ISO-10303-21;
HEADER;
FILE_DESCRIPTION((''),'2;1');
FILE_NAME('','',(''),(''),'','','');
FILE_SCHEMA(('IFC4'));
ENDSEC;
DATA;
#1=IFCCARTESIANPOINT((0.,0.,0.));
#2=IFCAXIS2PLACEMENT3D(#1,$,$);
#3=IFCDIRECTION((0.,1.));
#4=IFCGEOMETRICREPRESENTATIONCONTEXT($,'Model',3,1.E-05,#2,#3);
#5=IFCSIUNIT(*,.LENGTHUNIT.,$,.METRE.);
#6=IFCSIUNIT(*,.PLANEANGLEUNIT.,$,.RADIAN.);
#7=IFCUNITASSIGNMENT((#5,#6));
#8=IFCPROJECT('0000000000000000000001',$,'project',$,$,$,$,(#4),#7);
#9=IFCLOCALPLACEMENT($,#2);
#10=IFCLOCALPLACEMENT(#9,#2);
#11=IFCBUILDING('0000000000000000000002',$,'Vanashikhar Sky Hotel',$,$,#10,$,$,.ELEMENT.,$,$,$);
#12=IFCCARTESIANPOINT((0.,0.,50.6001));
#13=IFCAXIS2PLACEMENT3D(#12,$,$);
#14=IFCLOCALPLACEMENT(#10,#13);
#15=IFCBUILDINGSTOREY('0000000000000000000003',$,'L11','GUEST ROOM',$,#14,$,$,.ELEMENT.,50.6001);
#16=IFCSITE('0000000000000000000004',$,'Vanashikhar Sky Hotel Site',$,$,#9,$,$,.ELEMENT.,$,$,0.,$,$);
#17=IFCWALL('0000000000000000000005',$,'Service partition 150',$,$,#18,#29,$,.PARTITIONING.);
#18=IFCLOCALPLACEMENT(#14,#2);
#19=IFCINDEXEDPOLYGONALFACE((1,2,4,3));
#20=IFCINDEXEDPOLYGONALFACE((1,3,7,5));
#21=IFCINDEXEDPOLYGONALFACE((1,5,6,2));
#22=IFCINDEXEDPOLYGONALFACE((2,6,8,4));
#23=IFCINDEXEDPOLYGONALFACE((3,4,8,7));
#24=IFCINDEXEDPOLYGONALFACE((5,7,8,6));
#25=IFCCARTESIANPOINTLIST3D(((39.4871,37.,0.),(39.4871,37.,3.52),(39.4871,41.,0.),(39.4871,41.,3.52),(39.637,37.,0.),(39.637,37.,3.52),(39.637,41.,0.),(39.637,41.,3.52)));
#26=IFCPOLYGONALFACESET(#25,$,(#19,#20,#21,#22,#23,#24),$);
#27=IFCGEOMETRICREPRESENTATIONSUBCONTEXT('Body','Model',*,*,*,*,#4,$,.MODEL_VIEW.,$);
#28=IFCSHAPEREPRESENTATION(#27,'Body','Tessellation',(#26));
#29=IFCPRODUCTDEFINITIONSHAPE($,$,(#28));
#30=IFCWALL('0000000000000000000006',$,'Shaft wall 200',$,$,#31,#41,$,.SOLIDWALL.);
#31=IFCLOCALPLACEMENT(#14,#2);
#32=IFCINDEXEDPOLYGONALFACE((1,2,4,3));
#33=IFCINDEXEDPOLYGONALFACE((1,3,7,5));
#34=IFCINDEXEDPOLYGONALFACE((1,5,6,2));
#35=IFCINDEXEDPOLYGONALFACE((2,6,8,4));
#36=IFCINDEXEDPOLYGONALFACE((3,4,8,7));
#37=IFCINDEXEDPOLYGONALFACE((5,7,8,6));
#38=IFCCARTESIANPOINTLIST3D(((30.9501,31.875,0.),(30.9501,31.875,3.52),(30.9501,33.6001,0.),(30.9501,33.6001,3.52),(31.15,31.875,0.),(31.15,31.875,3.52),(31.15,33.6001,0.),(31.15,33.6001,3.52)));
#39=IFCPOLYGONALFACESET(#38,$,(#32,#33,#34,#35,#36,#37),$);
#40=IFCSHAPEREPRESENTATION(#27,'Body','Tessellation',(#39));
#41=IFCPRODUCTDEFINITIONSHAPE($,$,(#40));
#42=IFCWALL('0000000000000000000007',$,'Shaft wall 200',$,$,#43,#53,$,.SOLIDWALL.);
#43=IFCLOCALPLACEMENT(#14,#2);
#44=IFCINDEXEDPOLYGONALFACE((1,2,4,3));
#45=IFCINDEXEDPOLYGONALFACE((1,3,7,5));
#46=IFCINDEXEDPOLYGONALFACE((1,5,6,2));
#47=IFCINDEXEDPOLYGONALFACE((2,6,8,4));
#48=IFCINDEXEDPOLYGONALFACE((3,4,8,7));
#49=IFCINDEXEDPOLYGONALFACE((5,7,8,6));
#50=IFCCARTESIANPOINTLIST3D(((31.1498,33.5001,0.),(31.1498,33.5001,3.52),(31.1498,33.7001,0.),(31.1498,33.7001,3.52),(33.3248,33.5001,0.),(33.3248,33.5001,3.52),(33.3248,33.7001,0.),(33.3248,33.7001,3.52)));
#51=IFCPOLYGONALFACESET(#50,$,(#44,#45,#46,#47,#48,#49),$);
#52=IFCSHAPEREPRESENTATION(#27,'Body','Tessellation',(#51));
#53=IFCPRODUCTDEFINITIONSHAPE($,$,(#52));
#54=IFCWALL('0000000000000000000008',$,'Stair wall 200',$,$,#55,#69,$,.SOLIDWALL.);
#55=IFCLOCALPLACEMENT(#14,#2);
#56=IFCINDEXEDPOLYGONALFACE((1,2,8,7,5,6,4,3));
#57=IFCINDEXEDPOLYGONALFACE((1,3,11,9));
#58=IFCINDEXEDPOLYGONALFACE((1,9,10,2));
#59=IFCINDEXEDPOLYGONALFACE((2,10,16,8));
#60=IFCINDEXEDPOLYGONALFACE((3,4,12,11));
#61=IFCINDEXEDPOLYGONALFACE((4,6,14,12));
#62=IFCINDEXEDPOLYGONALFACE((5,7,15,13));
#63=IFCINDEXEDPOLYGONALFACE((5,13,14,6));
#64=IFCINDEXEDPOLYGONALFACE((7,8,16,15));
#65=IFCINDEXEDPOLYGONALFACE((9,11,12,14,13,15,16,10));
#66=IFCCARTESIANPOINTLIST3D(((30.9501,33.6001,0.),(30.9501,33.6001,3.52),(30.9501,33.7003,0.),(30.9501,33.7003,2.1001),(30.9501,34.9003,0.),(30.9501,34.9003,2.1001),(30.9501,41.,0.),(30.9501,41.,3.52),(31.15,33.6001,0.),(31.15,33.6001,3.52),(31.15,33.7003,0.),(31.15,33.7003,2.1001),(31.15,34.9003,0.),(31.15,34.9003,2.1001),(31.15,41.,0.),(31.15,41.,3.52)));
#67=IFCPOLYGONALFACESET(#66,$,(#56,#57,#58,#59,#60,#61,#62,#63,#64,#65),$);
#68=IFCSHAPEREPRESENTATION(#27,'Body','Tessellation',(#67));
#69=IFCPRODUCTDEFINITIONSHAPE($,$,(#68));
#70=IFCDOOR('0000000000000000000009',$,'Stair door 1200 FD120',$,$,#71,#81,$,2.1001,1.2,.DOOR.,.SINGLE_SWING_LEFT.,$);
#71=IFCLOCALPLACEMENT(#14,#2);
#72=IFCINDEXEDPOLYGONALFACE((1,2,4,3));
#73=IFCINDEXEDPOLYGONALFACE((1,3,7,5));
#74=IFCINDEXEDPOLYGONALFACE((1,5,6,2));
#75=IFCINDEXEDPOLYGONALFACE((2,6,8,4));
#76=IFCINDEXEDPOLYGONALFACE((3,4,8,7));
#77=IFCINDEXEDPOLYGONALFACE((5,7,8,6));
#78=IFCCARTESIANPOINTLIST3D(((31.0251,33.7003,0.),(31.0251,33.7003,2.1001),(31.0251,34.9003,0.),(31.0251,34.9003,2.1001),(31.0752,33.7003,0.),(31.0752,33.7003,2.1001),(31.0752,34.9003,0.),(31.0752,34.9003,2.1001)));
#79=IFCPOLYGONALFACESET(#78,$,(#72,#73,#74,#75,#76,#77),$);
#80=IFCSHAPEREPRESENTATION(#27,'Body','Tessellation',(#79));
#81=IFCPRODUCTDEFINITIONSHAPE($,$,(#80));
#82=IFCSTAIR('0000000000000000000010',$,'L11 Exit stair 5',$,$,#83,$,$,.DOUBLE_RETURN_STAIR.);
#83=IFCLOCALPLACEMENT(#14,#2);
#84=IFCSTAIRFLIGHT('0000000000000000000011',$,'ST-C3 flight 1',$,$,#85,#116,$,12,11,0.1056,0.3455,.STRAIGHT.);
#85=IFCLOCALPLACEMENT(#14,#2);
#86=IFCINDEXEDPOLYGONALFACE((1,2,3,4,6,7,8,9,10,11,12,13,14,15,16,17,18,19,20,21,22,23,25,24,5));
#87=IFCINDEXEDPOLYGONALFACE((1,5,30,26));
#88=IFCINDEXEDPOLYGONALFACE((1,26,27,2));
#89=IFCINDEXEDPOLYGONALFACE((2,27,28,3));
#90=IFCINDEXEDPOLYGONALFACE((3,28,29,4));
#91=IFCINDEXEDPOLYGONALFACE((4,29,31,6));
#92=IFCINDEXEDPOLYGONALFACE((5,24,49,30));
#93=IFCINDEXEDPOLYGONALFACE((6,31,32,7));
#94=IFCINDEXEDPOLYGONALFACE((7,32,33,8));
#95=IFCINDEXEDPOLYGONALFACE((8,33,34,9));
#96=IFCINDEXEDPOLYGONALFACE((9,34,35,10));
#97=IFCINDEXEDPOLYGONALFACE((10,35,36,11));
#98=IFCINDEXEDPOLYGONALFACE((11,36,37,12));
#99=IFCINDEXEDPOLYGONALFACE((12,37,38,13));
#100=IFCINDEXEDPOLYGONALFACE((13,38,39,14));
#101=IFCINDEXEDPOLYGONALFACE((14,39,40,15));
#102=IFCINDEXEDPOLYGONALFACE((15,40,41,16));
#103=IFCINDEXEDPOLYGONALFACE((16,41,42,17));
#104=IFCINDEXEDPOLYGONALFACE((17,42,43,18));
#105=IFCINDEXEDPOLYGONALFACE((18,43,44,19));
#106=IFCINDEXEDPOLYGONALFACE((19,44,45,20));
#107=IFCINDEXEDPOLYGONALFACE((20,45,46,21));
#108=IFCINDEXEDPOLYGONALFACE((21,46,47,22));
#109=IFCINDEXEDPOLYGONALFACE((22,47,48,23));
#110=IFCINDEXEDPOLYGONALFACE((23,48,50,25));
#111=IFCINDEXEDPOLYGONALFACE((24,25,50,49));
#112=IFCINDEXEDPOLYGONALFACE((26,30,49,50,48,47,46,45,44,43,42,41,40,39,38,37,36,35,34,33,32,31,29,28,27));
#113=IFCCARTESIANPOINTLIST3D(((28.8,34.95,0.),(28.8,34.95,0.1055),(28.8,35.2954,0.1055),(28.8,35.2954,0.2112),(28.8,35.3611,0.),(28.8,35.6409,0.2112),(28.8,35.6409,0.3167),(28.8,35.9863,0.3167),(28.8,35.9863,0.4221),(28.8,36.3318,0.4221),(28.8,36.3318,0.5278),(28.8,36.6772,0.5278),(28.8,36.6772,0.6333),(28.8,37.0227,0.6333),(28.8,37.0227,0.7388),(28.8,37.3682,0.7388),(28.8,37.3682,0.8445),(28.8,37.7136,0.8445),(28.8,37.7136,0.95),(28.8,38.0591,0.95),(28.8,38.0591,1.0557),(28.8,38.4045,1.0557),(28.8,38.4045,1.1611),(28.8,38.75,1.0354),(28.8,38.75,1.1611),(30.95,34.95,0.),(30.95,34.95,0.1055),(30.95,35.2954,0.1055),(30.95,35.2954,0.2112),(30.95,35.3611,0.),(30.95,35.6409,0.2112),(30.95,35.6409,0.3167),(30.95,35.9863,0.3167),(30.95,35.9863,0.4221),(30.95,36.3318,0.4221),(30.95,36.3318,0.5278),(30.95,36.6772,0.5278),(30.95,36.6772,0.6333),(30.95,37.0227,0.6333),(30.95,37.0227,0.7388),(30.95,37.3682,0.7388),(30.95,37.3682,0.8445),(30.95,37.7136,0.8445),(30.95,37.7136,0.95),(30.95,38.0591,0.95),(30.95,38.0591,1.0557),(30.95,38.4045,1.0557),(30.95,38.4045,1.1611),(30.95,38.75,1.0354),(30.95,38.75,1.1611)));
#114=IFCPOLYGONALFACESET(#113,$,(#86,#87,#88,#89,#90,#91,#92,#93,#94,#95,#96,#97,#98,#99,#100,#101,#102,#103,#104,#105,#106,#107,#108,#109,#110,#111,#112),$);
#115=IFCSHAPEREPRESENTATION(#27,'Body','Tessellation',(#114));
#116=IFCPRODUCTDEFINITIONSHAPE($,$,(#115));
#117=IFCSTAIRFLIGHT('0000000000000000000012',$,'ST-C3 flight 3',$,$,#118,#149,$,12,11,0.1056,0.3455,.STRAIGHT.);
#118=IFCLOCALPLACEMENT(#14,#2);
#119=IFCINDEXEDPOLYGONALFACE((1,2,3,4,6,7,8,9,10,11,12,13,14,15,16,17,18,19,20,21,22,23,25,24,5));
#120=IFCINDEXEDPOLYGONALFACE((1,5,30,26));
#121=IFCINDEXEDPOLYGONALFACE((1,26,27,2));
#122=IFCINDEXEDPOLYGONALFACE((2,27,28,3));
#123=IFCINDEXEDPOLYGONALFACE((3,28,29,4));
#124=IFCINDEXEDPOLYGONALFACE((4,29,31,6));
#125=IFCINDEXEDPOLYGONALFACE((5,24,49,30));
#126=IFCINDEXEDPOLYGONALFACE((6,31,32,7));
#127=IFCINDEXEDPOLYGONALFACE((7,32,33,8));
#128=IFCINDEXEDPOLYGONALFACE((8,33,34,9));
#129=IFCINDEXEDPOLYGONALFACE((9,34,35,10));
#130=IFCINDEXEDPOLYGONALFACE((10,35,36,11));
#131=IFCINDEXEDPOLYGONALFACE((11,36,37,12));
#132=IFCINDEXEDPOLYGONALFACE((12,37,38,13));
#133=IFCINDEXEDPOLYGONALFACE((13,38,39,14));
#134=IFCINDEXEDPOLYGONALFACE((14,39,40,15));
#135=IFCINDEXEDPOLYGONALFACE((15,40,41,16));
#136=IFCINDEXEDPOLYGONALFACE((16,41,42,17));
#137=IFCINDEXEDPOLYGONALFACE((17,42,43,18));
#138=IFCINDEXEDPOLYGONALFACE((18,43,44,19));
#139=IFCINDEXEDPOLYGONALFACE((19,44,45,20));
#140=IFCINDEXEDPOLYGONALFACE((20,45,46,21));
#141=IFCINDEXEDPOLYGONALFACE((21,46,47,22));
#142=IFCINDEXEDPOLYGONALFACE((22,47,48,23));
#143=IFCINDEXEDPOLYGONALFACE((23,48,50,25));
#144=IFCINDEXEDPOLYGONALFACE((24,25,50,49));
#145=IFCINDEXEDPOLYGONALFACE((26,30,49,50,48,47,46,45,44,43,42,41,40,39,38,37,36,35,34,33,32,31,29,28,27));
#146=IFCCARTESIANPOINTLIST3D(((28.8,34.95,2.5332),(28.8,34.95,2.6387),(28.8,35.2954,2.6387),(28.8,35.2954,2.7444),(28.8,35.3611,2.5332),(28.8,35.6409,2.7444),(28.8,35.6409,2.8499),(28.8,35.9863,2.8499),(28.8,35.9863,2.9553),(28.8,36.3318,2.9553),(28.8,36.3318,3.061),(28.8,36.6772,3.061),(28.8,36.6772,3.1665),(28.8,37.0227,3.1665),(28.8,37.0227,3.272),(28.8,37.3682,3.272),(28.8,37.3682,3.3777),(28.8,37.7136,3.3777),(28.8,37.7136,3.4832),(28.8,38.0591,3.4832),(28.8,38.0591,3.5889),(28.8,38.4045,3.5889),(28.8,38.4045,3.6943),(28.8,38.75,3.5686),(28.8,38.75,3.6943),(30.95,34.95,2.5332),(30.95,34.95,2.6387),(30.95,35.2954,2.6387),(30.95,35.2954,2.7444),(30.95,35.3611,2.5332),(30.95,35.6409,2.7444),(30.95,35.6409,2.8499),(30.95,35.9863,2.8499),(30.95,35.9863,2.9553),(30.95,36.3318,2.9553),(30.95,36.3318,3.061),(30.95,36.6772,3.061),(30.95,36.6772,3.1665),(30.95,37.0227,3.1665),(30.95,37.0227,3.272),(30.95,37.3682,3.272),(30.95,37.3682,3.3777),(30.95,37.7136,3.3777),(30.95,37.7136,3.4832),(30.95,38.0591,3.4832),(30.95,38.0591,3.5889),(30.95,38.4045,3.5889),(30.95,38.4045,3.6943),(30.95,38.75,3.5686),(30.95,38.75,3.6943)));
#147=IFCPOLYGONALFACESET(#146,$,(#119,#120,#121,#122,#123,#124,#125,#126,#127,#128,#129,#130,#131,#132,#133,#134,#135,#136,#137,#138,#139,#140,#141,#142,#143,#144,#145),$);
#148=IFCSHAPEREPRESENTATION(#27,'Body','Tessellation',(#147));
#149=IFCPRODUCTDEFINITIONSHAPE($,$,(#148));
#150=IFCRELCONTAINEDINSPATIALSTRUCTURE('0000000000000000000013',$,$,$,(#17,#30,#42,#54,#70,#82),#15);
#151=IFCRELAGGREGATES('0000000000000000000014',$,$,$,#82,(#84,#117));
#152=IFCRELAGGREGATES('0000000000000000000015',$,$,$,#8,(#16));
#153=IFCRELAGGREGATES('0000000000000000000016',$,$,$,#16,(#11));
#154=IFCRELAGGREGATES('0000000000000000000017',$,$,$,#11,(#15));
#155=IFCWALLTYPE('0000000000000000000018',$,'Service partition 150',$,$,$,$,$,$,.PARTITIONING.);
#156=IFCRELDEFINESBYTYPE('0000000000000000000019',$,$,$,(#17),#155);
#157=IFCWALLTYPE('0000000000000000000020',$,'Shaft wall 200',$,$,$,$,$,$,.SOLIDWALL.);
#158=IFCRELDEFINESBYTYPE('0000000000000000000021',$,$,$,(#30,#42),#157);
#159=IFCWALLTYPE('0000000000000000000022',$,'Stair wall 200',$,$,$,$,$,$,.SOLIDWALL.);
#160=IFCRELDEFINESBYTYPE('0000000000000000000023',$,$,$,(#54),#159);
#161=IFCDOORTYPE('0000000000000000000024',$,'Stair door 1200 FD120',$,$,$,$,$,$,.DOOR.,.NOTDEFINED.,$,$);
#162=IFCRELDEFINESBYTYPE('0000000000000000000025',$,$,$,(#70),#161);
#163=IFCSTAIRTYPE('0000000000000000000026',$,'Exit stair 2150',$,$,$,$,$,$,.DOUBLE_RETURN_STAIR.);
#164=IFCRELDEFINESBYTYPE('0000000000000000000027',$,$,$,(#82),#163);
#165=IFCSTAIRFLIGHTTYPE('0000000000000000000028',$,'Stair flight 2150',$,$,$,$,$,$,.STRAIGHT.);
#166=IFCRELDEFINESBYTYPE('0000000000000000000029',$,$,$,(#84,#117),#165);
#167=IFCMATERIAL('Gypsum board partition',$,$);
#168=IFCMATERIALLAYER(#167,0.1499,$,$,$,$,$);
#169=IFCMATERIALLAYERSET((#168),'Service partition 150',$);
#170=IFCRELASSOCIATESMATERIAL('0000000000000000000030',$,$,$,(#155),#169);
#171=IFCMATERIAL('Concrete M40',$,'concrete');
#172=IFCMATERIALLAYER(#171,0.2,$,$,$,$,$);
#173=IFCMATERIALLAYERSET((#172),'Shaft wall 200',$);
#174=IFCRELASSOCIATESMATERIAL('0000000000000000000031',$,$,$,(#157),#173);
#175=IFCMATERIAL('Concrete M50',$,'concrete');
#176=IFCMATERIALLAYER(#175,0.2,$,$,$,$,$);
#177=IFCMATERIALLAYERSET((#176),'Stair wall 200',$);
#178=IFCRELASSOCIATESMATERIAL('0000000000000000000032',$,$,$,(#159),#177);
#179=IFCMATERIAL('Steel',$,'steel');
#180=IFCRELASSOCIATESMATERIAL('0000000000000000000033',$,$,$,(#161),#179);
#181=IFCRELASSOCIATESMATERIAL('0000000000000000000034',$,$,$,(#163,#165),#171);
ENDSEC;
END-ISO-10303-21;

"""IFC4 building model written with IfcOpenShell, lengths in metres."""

from ifc_helpers import new_model, si_unit, direction, frame, frame_2d, origin, place, context, subcontext, project, spatial, polyline, rectangle, outline, extrude, source, transform, mapped, material, layer, layer_set, type_object, element, fill, aggregate, save


model = new_model("IFC4")

# Units and contexts
model_context = context("Model", 3, precision=1e-05, world=origin(), true_north=direction((0.0, 1.0)))
body_context = subcontext(model_context, "Body", "Model", "MODEL_VIEW")
ifc_project = project(units=[si_unit("LENGTHUNIT", "METRE"), si_unit("PLANEANGLEUNIT", "RADIAN")], contexts=[model_context])

# Site, building, storey
site_placement = place(None, origin())
site = spatial("IfcSite", under=ifc_project, at=site_placement, Name="Vanashikhar Sky Hotel Site", CompositionType="ELEMENT", RefElevation=0.0)
building_placement = place(site_placement, origin())
building = spatial("IfcBuilding", under=site, at=building_placement, Name="Vanashikhar Sky Hotel", CompositionType="ELEMENT")
storey_placement = place(building_placement, frame((0.0, 0.0, 50.6001)))
storey = spatial("IfcBuildingStorey", under=building, at=storey_placement, Name="L11", Description="GUEST ROOM", CompositionType="ELEMENT", Elevation=50.6001)

# Shared definitions
ifc_material_1 = material(Name="Steel", Category="steel")
ifc_material_2 = material(Name="Gypsum board partition")
ifc_layer_1 = layer(ifc_material_2, 0.1499)
ifc_layer_set_1 = layer_set([ifc_layer_1], Name="Service partition 150")
wall_type_1 = type_object("IfcWallType", Name="Service partition 150", PredefinedType="PARTITIONING", material=ifc_layer_set_1)

# Walls
shared_shape_1 = source(origin(), body_context, "Body", "SweptSolid", [
    extrude(rectangle(XDim=4.0, YDim=0.1499, at=frame_2d((2.0, 0.0))), origin(), (0.0, 0.0, 1.0), 3.52),
])
for number, where, z_axis, x_axis, name in (
    (1, (39.562, 37.0, 0.0), (0.0, 0.0, 1.0), (0.0, 1.0, 0.0), "Service partition 150"),
):
    element("IfcWall", number, at=place(storey_placement, frame(where, z_axis=z_axis, x_axis=x_axis)), inside=storey, type_object=wall_type_1, Name=name, PredefinedType="PARTITIONING", context=body_context, shape_type="MappedRepresentation", body=[
        mapped(shared_shape_1, transform((0.0, 0.0, 0.0), scale=1.0)),
    ])
ifc_material_3 = material(Name="Concrete M40", Category="concrete")
ifc_layer_2 = layer(ifc_material_3, 0.2)
ifc_layer_set_2 = layer_set([ifc_layer_2], Name="Shaft wall 200")
wall_type_2 = type_object("IfcWallType", Name="Shaft wall 200", PredefinedType="SOLIDWALL", material=ifc_layer_set_2)
shared_shape_2 = source(origin(), body_context, "Body", "SweptSolid", [
    extrude(rectangle(XDim=1.7251, YDim=0.2, at=frame_2d((0.8625, 0.0))), origin(), (0.0, 0.0, 1.0), 3.52),
])
wall_1_placement = place(storey_placement, frame((31.05, 31.875, 0.0), z_axis=(0.0, 0.0, 1.0), x_axis=(0.0, 1.0, 0.0)))
element("IfcWall", 2, at=wall_1_placement, inside=storey, type_object=wall_type_2, Name="Shaft wall 200", PredefinedType="SOLIDWALL", context=body_context, shape_type="MappedRepresentation", body=[
    mapped(shared_shape_2, transform((0.0, 0.0, 0.0), scale=1.0)),
])
shared_shape_3 = source(origin(), body_context, "Body", "SweptSolid", [
    extrude(rectangle(XDim=2.175, YDim=0.2, at=frame_2d((1.0874, 0.0))), origin(), (0.0, 0.0, 1.0), 3.52),
])
wall_2_placement = place(storey_placement, frame((31.1499, 33.6001, 0.0), z_axis=(0.0, 0.0, 1.0), x_axis=(1.0, 0.0, 0.0)))
element("IfcWall", 3, at=wall_2_placement, inside=storey, type_object=wall_type_2, Name="Shaft wall 200", PredefinedType="SOLIDWALL", context=body_context, shape_type="MappedRepresentation", body=[
    mapped(shared_shape_3, transform((0.0, 0.0, 0.0), scale=1.0)),
])

# Wall, opening, door
ifc_material_4 = material(Name="Concrete M50", Category="concrete")
ifc_layer_3 = layer(ifc_material_4, 0.2)
ifc_layer_set_3 = layer_set([ifc_layer_3], Name="Stair wall 200")
wall_type_3 = type_object("IfcWallType", Name="Stair wall 200", PredefinedType="SOLIDWALL", material=ifc_layer_set_3)
shared_shape_4 = source(origin(), body_context, "Body", "SweptSolid", [
    extrude(rectangle(XDim=7.3999, YDim=0.2, at=frame_2d((3.7, 0.0))), origin(), (0.0, 0.0, 1.0), 3.52),
])
wall_3_placement = place(storey_placement, frame((31.05, 33.6001, 0.0), z_axis=(0.0, 0.0, 1.0), x_axis=(0.0, 1.0, 0.0)))
wall_3 = element("IfcWall", 4, at=wall_3_placement, inside=storey, type_object=wall_type_3, Name="Stair wall 200", PredefinedType="SOLIDWALL", context=body_context, shape_type="MappedRepresentation", body=[
    mapped(shared_shape_4, transform((0.0, 0.0, 0.0), scale=1.0)),
])
shared_shape_5 = source(origin(), body_context, "Body", "SweptSolid", [
    extrude(rectangle(XDim=1.2, YDim=2.1001, at=frame_2d((0.6001, 1.05))), frame((0.0, 0.1099, 0.0), z_axis=(0.0, -1.0, 0.0), x_axis=(1.0, 0.0, 0.0)), (0.0, 0.0, 1.0), 0.22),
])
opening_1_placement = place(wall_3_placement, frame((0.1001, 0.0, 0.0)))
opening_1 = element("IfcOpeningElement", 5, at=opening_1_placement, cuts=wall_3, PredefinedType="OPENING", context=body_context, shape_type="MappedRepresentation", body=[
    mapped(shared_shape_5, transform((0.0, 0.0, 0.0), scale=1.0)),
])
door_type_1 = type_object("IfcDoorType", Name="Stair door 1200 FD120", OperationType="NOTDEFINED", PredefinedType="DOOR", material=ifc_material_1)
shared_shape_6 = source(origin(), body_context, "Body", "SweptSolid", [
    extrude(rectangle(XDim=1.2, YDim=2.1001, at=frame_2d((0.6001, 1.05))), frame((0.0, 0.0249, 0.0), z_axis=(0.0, -1.0, 0.0), x_axis=(1.0, 0.0, 0.0)), (0.0, 0.0, 1.0), 0.05),
])
door_1_placement = place(opening_1_placement, origin())
door_1 = element("IfcDoor", 6, at=door_1_placement, inside=storey, type_object=door_type_1, Name="Stair door 1200 FD120", OperationType="SINGLE_SWING_LEFT", OverallHeight=2.1001, OverallWidth=1.2, PredefinedType="DOOR", context=body_context, shape_type="MappedRepresentation", body=[
    mapped(shared_shape_6, transform((0.0, 0.0, 0.0), scale=1.0)),
])
fill(opening_1, door_1)

# Stair, stair flights
stair_type = type_object("IfcStairType", Name="Exit stair 2150", PredefinedType="DOUBLE_RETURN_STAIR", material=ifc_material_3)
stair_placement = place(storey_placement, origin())
stair = element("IfcStair", 7, at=stair_placement, inside=storey, type_object=stair_type, Name="L11 Exit stair 5", PredefinedType="DOUBLE_RETURN_STAIR")
stair_flight_type = type_object("IfcStairFlightType", Name="Stair flight 2150", PredefinedType="STRAIGHT", material=ifc_material_3)
shared_shape_7 = source(origin(), body_context, "Body", "SweptSolid", [
    extrude(outline(polyline([(0.0, 0.0), (0.0, 0.1055), (0.3455, 0.1055), (0.3455, 0.2112), (0.6909, 0.2112), (0.6909, 0.3167), (1.0364, 0.3167), (1.0364, 0.4221), (1.3818, 0.4221), (1.3818, 0.5278), (1.7273, 0.5278), (1.7273, 0.6333), (2.0728, 0.6333), (2.0728, 0.7388), (2.4182, 0.7388), (2.4182, 0.8445), (2.7637, 0.8445), (2.7637, 0.95), (3.1091, 0.95), (3.1091, 1.0557), (3.4546, 1.0557), (3.4546, 1.1611), (3.8, 1.1611), (3.8, 1.2666), (3.8, 1.0354), (0.4111, 0.0), (0.0, 0.0)])), frame((0.0, 1.075, 0.0), z_axis=(0.0, -1.0, 0.0), x_axis=(1.0, 0.0, 0.0)), (0.0, 0.0, 1.0), 2.1499),
])
stair_flight_1_placement = place(storey_placement, frame((29.875, 34.95, 0.0), z_axis=(0.0, 0.0, 1.0), x_axis=(0.0, 1.0, 0.0)))
stair_flight_1 = element("IfcStairFlight", 8, at=stair_flight_1_placement, type_object=stair_flight_type, Name="ST-C3 flight 1", NumberOfRisers=12, NumberOfTreads=11, PredefinedType="STRAIGHT", RiserHeight=0.1056, TreadLength=0.3455, context=body_context, shape_type="MappedRepresentation", body=[
    mapped(shared_shape_7, transform((0.0, 0.0, 0.0), scale=1.0)),
])
stair_flight_2_placement = place(storey_placement, frame((29.875, 34.95, 2.5332), z_axis=(0.0, 0.0, 1.0), x_axis=(0.0, 1.0, 0.0)))
stair_flight_2 = element("IfcStairFlight", 9, at=stair_flight_2_placement, type_object=stair_flight_type, Name="ST-C3 flight 3", NumberOfRisers=12, NumberOfTreads=11, PredefinedType="STRAIGHT", RiserHeight=0.1056, TreadLength=0.3455, context=body_context, shape_type="MappedRepresentation", body=[
    mapped(shared_shape_7, transform((0.0, 0.0, 0.0), scale=1.0)),
])
aggregate(stair, [stair_flight_1, stair_flight_2])

save(model, "model.ifc")
